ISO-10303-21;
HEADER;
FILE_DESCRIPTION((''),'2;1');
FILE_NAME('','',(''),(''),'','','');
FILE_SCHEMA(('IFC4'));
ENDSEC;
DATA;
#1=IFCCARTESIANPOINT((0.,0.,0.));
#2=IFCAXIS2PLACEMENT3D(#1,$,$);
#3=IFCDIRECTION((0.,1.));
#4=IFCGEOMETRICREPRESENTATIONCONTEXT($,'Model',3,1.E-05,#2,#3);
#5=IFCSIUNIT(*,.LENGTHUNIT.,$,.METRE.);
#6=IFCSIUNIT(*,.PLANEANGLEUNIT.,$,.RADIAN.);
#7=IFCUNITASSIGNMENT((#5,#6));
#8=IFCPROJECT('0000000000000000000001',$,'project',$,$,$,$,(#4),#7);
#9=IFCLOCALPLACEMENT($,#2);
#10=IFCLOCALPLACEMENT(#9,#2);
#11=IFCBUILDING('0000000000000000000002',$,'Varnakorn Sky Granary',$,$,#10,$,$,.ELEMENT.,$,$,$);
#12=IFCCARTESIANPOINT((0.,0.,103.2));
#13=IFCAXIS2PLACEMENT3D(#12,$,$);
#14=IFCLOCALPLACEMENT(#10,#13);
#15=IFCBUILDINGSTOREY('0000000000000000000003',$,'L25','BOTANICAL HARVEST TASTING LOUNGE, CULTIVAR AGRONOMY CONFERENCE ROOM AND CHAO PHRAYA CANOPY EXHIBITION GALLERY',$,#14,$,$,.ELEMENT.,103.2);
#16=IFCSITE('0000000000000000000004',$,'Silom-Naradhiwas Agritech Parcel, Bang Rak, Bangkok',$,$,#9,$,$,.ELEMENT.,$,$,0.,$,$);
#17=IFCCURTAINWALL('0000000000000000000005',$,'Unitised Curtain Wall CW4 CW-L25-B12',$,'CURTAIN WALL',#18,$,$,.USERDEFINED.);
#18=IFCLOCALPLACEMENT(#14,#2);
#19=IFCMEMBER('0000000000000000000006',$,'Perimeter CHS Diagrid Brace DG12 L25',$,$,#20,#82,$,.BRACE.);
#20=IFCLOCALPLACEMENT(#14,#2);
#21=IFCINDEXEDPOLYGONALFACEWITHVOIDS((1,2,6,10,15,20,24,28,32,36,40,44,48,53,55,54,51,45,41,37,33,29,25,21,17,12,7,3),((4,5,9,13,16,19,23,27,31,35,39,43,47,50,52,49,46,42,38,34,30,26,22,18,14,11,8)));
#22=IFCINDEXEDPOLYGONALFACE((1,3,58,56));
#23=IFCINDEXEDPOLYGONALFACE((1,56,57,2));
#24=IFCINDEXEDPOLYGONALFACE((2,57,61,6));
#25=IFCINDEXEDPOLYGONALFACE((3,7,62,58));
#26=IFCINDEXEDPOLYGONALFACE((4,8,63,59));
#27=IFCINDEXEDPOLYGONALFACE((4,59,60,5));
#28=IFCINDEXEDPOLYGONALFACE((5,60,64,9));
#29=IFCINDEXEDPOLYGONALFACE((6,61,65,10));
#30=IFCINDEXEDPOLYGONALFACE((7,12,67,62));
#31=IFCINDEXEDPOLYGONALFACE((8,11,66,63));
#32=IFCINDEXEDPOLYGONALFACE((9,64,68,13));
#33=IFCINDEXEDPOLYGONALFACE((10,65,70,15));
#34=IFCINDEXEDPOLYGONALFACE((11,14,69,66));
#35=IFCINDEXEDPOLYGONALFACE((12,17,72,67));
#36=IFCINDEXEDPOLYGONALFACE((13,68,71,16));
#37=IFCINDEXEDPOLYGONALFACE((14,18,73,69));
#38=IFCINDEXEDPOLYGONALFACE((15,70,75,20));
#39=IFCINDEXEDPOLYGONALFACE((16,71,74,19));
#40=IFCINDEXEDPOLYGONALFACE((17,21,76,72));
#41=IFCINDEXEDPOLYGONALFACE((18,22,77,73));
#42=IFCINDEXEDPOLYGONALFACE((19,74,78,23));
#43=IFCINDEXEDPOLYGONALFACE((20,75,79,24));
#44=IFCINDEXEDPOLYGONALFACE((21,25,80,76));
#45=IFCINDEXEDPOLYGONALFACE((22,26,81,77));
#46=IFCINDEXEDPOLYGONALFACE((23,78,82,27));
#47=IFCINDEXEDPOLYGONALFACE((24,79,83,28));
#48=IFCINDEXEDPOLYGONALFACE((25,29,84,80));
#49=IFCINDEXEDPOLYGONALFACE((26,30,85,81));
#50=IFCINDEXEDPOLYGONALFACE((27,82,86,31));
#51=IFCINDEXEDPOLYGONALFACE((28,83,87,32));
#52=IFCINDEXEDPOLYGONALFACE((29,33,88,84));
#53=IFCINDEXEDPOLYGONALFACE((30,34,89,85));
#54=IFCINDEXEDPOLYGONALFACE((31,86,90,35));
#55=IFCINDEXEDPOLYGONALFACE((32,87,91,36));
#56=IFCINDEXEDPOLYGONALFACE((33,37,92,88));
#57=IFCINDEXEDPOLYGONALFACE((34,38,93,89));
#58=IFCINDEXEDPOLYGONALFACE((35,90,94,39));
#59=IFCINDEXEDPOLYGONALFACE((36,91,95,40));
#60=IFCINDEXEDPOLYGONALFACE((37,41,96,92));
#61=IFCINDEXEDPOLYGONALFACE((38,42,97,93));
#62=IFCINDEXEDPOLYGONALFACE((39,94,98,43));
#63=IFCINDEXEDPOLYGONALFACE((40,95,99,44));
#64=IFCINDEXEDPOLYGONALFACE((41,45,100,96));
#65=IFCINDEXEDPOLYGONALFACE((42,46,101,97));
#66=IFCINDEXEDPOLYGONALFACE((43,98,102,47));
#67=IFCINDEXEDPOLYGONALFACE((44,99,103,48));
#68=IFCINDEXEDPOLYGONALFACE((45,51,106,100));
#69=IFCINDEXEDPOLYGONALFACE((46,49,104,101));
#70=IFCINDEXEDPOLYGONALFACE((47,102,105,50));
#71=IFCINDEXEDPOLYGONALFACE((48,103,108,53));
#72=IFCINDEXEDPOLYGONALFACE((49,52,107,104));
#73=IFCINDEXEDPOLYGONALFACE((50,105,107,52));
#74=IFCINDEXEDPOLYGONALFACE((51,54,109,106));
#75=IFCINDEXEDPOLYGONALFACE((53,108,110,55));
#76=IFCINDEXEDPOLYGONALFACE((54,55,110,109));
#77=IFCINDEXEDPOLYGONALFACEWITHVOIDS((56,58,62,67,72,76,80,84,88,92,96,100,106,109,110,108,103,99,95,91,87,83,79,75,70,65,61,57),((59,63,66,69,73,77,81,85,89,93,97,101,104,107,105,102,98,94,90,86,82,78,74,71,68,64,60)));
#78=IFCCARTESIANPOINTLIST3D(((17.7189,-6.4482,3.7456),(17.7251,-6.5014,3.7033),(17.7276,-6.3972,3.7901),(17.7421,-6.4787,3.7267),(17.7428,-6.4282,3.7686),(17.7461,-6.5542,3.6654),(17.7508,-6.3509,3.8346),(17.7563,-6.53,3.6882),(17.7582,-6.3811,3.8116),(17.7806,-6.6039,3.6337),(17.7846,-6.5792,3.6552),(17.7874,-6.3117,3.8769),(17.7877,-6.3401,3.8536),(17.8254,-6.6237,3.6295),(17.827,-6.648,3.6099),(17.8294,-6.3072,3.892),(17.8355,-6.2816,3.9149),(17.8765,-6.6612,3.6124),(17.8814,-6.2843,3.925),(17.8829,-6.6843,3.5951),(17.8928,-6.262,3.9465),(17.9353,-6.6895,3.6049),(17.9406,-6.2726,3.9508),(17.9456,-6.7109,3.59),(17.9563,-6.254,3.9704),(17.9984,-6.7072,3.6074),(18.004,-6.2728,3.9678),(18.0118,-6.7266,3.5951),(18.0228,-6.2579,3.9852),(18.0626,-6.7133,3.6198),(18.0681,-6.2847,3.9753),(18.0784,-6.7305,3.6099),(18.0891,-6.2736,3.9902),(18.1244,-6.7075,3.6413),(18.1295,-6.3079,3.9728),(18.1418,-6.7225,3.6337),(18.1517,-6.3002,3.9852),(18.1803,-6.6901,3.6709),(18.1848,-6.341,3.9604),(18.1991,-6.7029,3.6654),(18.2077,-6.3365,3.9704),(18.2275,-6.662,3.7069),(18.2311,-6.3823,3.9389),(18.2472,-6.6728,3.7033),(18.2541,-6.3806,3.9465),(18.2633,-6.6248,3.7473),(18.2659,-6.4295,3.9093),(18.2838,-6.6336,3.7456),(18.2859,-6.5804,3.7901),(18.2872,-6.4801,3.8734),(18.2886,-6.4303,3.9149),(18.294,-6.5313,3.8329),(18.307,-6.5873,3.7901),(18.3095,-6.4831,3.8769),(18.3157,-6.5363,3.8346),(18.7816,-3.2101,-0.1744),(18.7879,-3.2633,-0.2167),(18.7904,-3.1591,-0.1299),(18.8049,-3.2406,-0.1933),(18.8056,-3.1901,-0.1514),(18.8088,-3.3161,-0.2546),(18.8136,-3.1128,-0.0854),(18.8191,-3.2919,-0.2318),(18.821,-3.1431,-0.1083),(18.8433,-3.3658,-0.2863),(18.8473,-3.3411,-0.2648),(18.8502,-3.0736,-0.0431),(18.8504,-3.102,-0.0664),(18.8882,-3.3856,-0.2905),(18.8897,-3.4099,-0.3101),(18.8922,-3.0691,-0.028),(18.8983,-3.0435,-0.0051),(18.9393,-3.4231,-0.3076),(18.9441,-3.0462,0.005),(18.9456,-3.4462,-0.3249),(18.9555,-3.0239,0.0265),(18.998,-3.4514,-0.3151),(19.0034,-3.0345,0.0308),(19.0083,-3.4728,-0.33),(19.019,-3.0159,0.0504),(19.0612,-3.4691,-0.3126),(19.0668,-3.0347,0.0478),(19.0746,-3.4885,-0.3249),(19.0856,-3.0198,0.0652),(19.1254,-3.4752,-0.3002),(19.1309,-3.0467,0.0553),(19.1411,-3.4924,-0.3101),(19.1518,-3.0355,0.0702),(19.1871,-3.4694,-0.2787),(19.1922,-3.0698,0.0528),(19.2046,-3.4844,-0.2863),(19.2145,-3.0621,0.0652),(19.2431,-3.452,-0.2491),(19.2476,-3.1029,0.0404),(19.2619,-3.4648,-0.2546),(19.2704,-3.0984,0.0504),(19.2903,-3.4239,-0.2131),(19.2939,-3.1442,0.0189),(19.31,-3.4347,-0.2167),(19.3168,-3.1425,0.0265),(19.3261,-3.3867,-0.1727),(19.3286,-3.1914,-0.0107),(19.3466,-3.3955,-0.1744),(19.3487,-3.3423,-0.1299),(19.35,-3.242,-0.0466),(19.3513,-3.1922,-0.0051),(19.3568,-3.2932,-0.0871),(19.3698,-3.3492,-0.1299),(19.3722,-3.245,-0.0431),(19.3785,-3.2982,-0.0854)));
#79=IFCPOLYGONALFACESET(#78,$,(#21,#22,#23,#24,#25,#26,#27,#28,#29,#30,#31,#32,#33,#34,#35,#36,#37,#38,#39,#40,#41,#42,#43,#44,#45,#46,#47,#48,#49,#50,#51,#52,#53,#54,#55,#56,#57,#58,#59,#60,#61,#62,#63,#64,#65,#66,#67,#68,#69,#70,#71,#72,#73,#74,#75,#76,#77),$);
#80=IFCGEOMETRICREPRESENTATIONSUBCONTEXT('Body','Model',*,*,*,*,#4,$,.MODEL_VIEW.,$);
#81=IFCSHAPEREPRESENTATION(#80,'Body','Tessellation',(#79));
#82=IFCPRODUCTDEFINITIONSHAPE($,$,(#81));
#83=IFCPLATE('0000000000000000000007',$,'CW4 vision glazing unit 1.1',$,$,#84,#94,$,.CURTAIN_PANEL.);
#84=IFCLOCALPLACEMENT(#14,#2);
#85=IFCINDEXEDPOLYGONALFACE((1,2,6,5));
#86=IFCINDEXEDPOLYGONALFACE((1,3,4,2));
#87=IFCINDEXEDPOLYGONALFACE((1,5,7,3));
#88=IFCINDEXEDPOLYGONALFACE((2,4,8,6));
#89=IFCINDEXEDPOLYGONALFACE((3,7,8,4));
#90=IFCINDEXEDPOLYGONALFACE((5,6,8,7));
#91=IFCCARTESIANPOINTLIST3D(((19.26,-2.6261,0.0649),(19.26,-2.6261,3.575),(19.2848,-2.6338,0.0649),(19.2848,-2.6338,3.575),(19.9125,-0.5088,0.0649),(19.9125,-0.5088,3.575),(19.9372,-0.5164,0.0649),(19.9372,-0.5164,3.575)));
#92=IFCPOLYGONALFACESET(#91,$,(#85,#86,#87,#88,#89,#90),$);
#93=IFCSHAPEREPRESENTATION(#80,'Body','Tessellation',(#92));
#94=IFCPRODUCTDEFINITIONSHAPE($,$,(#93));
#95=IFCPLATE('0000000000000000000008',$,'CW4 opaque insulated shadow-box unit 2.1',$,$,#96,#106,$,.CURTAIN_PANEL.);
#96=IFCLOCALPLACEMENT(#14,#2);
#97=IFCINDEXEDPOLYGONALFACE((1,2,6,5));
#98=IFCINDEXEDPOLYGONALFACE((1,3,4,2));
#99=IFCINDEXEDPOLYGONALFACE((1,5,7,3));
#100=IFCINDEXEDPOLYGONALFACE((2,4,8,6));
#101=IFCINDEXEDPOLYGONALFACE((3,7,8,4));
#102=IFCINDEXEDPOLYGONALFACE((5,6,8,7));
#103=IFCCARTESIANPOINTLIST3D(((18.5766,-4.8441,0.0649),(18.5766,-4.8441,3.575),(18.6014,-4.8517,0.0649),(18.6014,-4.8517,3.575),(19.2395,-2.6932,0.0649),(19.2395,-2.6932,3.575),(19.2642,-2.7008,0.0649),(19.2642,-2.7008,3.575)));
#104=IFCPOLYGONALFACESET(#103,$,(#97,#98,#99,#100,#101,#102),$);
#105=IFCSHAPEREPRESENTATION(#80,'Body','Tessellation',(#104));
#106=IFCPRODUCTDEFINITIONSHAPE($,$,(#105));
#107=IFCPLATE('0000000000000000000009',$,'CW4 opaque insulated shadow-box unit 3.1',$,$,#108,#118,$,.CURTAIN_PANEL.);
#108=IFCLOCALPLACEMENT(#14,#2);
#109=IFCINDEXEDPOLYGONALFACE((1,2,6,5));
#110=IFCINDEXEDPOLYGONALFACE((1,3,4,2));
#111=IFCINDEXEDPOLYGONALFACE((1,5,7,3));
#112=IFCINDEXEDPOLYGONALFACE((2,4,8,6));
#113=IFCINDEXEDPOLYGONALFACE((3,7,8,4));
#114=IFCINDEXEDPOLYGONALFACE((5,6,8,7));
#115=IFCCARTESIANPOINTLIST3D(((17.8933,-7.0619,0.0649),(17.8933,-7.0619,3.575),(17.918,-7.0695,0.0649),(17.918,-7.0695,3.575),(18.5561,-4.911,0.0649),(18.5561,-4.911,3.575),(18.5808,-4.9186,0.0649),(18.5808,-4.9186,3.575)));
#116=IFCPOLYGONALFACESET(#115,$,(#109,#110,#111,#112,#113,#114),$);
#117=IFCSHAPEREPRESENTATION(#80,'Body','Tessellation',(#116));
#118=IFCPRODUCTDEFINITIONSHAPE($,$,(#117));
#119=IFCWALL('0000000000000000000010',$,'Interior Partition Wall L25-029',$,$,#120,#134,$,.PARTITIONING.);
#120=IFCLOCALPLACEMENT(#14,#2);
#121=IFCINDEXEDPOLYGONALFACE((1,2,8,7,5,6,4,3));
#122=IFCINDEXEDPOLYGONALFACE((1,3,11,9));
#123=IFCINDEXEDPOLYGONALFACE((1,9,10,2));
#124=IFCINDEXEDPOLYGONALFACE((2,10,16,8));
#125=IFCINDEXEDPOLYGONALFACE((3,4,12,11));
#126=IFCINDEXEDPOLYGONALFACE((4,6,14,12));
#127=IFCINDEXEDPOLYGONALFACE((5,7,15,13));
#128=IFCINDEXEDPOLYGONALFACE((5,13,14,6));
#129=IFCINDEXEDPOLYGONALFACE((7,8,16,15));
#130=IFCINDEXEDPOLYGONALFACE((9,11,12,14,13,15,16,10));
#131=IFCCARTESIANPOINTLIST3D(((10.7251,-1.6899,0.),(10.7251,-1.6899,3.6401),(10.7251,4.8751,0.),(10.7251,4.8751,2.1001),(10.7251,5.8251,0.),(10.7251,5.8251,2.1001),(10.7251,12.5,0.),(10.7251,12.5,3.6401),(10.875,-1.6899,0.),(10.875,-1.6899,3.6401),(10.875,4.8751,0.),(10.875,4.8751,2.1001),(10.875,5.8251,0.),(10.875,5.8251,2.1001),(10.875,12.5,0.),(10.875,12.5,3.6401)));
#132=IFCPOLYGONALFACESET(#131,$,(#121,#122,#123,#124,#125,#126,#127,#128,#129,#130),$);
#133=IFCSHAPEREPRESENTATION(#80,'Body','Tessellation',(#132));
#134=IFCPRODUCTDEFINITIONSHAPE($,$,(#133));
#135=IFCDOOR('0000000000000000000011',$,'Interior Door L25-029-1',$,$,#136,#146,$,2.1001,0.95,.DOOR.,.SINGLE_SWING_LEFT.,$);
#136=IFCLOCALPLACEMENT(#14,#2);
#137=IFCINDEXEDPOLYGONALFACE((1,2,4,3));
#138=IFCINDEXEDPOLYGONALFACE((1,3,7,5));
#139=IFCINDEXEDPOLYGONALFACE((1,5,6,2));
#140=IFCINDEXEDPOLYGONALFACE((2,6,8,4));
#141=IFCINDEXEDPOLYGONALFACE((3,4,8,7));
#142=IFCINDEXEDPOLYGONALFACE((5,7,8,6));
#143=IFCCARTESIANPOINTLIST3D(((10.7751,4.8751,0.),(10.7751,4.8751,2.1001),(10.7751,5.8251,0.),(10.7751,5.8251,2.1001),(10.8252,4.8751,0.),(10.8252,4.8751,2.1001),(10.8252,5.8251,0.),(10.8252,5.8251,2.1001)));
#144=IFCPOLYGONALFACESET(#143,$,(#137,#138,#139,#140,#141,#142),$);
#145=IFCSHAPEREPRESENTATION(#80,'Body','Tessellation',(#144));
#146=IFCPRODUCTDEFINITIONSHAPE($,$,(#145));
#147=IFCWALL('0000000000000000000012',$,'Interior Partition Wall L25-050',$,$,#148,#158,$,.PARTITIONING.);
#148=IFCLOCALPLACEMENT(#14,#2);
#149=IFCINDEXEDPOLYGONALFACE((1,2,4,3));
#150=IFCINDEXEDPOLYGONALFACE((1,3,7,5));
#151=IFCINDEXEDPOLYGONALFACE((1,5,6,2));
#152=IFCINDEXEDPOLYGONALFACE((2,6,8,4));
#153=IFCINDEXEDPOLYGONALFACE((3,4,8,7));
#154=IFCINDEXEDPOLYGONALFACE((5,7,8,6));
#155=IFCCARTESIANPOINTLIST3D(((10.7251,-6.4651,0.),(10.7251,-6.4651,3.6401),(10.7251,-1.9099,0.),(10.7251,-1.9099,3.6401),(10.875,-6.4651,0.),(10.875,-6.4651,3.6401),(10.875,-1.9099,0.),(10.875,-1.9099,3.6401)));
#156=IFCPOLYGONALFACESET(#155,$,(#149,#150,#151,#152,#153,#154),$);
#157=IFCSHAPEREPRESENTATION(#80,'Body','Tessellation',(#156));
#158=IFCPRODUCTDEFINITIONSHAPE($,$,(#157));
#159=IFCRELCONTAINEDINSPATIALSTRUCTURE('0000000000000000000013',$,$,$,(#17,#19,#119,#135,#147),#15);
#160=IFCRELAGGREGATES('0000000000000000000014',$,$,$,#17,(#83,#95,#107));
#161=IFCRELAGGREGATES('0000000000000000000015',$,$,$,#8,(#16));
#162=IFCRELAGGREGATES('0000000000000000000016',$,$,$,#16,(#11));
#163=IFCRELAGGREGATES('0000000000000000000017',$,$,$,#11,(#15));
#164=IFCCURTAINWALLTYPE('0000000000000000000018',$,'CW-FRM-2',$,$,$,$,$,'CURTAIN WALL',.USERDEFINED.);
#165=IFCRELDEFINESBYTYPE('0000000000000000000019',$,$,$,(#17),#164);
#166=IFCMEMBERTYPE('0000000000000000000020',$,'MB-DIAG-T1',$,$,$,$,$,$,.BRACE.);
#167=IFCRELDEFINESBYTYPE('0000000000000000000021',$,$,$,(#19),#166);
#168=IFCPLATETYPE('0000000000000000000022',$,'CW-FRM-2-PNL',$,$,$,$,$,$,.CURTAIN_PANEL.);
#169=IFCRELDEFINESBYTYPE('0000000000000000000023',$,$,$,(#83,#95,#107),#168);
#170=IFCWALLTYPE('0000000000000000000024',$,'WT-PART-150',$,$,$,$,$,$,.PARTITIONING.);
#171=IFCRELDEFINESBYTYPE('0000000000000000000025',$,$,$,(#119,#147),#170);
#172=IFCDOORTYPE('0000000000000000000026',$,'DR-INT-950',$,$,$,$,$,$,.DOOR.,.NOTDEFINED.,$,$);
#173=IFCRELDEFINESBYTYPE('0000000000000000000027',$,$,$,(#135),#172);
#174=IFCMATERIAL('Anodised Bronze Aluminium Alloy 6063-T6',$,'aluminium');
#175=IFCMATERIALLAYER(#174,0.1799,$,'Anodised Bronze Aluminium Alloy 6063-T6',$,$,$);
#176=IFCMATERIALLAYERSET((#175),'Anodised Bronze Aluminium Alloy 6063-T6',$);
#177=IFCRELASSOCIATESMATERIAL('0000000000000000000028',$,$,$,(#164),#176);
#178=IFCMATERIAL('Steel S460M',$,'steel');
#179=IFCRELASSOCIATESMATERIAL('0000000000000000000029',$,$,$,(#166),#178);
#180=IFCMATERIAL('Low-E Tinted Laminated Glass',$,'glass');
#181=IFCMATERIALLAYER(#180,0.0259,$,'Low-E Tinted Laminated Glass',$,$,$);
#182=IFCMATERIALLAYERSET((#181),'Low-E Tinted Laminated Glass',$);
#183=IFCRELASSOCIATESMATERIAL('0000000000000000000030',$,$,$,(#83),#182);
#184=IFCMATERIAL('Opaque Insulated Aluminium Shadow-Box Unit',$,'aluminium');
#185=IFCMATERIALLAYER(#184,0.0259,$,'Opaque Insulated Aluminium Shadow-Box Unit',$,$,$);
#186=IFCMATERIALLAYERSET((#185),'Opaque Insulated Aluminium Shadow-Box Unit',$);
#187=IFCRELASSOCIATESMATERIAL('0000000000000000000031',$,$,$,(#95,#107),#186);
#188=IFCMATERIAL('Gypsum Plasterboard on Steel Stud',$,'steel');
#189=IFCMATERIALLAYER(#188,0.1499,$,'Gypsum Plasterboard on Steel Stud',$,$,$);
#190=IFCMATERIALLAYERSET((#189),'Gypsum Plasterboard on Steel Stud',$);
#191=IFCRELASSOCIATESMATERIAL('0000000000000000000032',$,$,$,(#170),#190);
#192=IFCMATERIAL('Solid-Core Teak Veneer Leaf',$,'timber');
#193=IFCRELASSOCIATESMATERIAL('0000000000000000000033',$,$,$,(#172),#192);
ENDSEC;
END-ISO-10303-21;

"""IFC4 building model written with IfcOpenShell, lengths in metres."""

from ifc_helpers import new_model, si_unit, direction, frame, frame_2d, origin, origin_2d, place, context, subcontext, project, spatial, rectangle, hollow_circle, extrude, source, transform, mapped, material, layer, layer_set, material_profile, profile_set, type_object, type_shapes, element, fill, aggregate, save


model = new_model("IFC4")

# Units and contexts
model_context = context("Model", 3, precision=1e-05, world=origin(), true_north=direction((0.0, 1.0)))
body_context = subcontext(model_context, "Body", "Model", "MODEL_VIEW")
ifc_project = project(units=[si_unit("LENGTHUNIT", "METRE"), si_unit("PLANEANGLEUNIT", "RADIAN")], contexts=[model_context])

# Site, building, storey
site_placement = place(None, origin())
site = spatial("IfcSite", under=ifc_project, at=site_placement, Name="Silom-Naradhiwas Agritech Parcel, Bang Rak, Bangkok", CompositionType="ELEMENT", RefElevation=0.0)
building_placement = place(site_placement, origin())
building = spatial("IfcBuilding", under=site, at=building_placement, Name="Varnakorn Sky Granary", CompositionType="ELEMENT")
storey_placement = place(building_placement, frame((0.0, 0.0, 103.2)))
storey = spatial("IfcBuildingStorey", under=building, at=storey_placement, Name="L25", Description="BOTANICAL HARVEST TASTING LOUNGE, CULTIVAR AGRONOMY CONFERENCE ROOM AND CHAO PHRAYA CANOPY EXHIBITION GALLERY", CompositionType="ELEMENT", Elevation=103.2)

# Shared definitions
ifc_material_1 = material(Name="Steel S460M", Category="steel")

# Shared definitions
ifc_material_2 = material(Name="Anodised Bronze Aluminium Alloy 6063-T6", Category="aluminium")
ifc_layer_1 = layer(ifc_material_2, 0.1799, Name="Anodised Bronze Aluminium Alloy 6063-T6")
ifc_layer_set_1 = layer_set([ifc_layer_1], Name="Anodised Bronze Aluminium Alloy 6063-T6")
curtain_wall_type = type_object("IfcCurtainWallType", Name="CW-FRM-2", ElementType="CURTAIN WALL", PredefinedType="USERDEFINED", material=ifc_layer_set_1)

# Curtain wall
curtain_wall_1_placement = place(storey_placement, origin())
curtain_wall_1 = element("IfcCurtainWall", 1, at=curtain_wall_1_placement, inside=storey, type_object=curtain_wall_type, Name="Unitised Curtain Wall CW4 CW-L25-B12", ObjectType="CURTAIN WALL", PredefinedType="USERDEFINED")

# Member
ifc_material_profile_1 = material_profile(ifc_material_1, hollow_circle(Radius=0.3049, WallThickness=0.0222, at=origin_2d()), Name="CHS 610x22")
ifc_profile_set_1 = profile_set([ifc_material_profile_1], Name="Steel S460M")
member_type_1 = type_object("IfcMemberType", Name="MB-DIAG-T1", PredefinedType="BRACE", material=ifc_profile_set_1)
member_1_placement = place(storey_placement, frame((19.0801, -3.2542, -0.1299), z_axis=(-0.204601, -0.62339, 0.754668), x_axis=(0.950135, -0.31184, 0.0)))
element("IfcMember", 2, at=member_1_placement, inside=storey, type_object=member_type_1, Name="Perimeter CHS Diagrid Brace DG12 L25", PredefinedType="BRACE", context=body_context, shape_type="SweptSolid", body=[
    extrude(hollow_circle(Radius=0.3049, WallThickness=0.0222, at=origin_2d()), origin(), (0.0, 0.0, 1.0), 5.1943),
])

# Plates
ifc_material_3 = material(Name="Low-E Tinted Laminated Glass", Category="glass")
ifc_layer_2 = layer(ifc_material_3, 0.0259, Name="Low-E Tinted Laminated Glass")
ifc_layer_set_2 = layer_set([ifc_layer_2], Name="Low-E Tinted Laminated Glass")
plate_type = type_object("IfcPlateType", Name="CW-FRM-2-PNL", PredefinedType="CURTAIN_PANEL")
shared_shape_1 = source(origin(), body_context, "Body", "SweptSolid", [
    extrude(rectangle(XDim=2.2156, YDim=0.0259, at=origin_2d()), origin(), (0.0, 0.0, 1.0), 3.51),
])
plate_1_placement = place(storey_placement, frame((19.5986, -1.5713, 0.0649), z_axis=(0.0, 0.0, 1.0), x_axis=(-0.294498, -0.955652, 0.0)))
plate_1 = element("IfcPlate", 3, at=plate_1_placement, type_object=plate_type, material=ifc_layer_set_2, Name="CW4 vision glazing unit 1.1", PredefinedType="CURTAIN_PANEL", context=body_context, shape_type="MappedRepresentation", body=[
    mapped(shared_shape_1, transform((0.0, 0.0, 0.0), x_axis=(1.0, 0.0, 0.0), y_axis=(0.0, 1.0, 0.0), z_axis=(0.0, 0.0, 1.0), scale=1.0)),
])
ifc_material_4 = material(Name="Opaque Insulated Aluminium Shadow-Box Unit", Category="aluminium")
ifc_layer_3 = layer(ifc_material_4, 0.0259, Name="Opaque Insulated Aluminium Shadow-Box Unit")
ifc_layer_set_3 = layer_set([ifc_layer_3], Name="Opaque Insulated Aluminium Shadow-Box Unit")
shared_shape_2 = source(origin(), body_context, "Body", "SweptSolid", [
    extrude(rectangle(XDim=2.2507, YDim=0.0259, at=origin_2d()), origin(), (0.0, 0.0, 1.0), 3.51),
])
type_shapes(plate_type, [shared_shape_1, shared_shape_2])
plate_2_placement = place(storey_placement, frame((18.9204, -3.7725, 0.0649), z_axis=(0.0, 0.0, 1.0), x_axis=(-0.294498, -0.955652, 0.0)))
plate_2 = element("IfcPlate", 4, at=plate_2_placement, type_object=plate_type, material=ifc_layer_set_3, Name="CW4 opaque insulated shadow-box unit 2.1", PredefinedType="CURTAIN_PANEL", context=body_context, shape_type="MappedRepresentation", body=[
    mapped(shared_shape_2, transform((0.0, 0.0, 0.0), x_axis=(1.0, 0.0, 0.0), y_axis=(0.0, 1.0, 0.0), z_axis=(0.0, 0.0, 1.0), scale=1.0)),
])
plate_3_placement = place(storey_placement, frame((18.2371, -5.9902, 0.0649), z_axis=(0.0, 0.0, 1.0), x_axis=(-0.294498, -0.955652, 0.0)))
plate_3 = element("IfcPlate", 5, at=plate_3_placement, type_object=plate_type, material=ifc_layer_set_3, Name="CW4 opaque insulated shadow-box unit 3.1", PredefinedType="CURTAIN_PANEL", context=body_context, shape_type="MappedRepresentation", body=[
    mapped(shared_shape_2, transform((0.0, 0.0, 0.0), x_axis=(1.0, 0.0, 0.0), y_axis=(0.0, 1.0, 0.0), z_axis=(0.0, 0.0, 1.0), scale=1.0)),
])
aggregate(curtain_wall_1, [plate_1, plate_2, plate_3])

# Wall, opening, door
ifc_material_5 = material(Name="Gypsum Plasterboard on Steel Stud", Category="steel")
ifc_layer_4 = layer(ifc_material_5, 0.1499, Name="Gypsum Plasterboard on Steel Stud")
ifc_layer_set_4 = layer_set([ifc_layer_4], Name="Gypsum Plasterboard on Steel Stud")
wall_type = type_object("IfcWallType", Name="WT-PART-150", PredefinedType="PARTITIONING", material=ifc_layer_set_4)
wall_1_placement = place(storey_placement, frame((10.8, -1.6899, 0.0), z_axis=(0.0, 0.0, 1.0), x_axis=(0.0, 1.0, 0.0)))
wall_1 = element("IfcWall", 6, at=wall_1_placement, inside=storey, type_object=wall_type, Name="Interior Partition Wall L25-029", PredefinedType="PARTITIONING", context=body_context, shape_type="SweptSolid", body=[
    extrude(rectangle(XDim=14.1899, YDim=0.1499, at=frame_2d((7.095, 0.0))), origin(), (0.0, 0.0, 1.0), 3.6401),
])
opening_placement = place(wall_1_placement, frame((6.5649, 0.0, 0.0)))
opening = element("IfcOpeningElement", 7, at=opening_placement, cuts=wall_1, PredefinedType="OPENING", context=body_context, shape_type="SweptSolid", body=[
    extrude(rectangle(XDim=0.95, YDim=2.1001, at=frame_2d((0.4751, 1.05))), frame((0.0, 0.085, 0.0), z_axis=(0.0, -1.0, 0.0), x_axis=(1.0, 0.0, 0.0)), (0.0, 0.0, 1.0), 0.1699),
])
ifc_material_6 = material(Name="Solid-Core Teak Veneer Leaf", Category="timber")
door_type = type_object("IfcDoorType", Name="DR-INT-950", OperationType="NOTDEFINED", PredefinedType="DOOR", material=ifc_material_6)
door_placement = place(opening_placement, origin())
door = element("IfcDoor", 8, at=door_placement, inside=storey, type_object=door_type, Name="Interior Door L25-029-1", OperationType="SINGLE_SWING_LEFT", OverallHeight=2.1001, OverallWidth=0.95, PredefinedType="DOOR", context=body_context, shape_type="SweptSolid", body=[
    extrude(rectangle(XDim=0.95, YDim=2.1001, at=frame_2d((0.4751, 1.05))), frame((0.0, 0.0249, 0.0), z_axis=(0.0, -1.0, 0.0), x_axis=(1.0, 0.0, 0.0)), (0.0, 0.0, 1.0), 0.05),
])
fill(opening, door)

# Wall
wall_2_placement = place(storey_placement, frame((10.8, -6.4651, 0.0), z_axis=(0.0, 0.0, 1.0), x_axis=(0.0, 1.0, 0.0)))
element("IfcWall", 9, at=wall_2_placement, inside=storey, type_object=wall_type, Name="Interior Partition Wall L25-050", PredefinedType="PARTITIONING", context=body_context, shape_type="SweptSolid", body=[
    extrude(rectangle(XDim=4.5552, YDim=0.1499, at=frame_2d((2.2776, 0.0))), origin(), (0.0, 0.0, 1.0), 3.6401),
])

save(model, "model.ifc")
